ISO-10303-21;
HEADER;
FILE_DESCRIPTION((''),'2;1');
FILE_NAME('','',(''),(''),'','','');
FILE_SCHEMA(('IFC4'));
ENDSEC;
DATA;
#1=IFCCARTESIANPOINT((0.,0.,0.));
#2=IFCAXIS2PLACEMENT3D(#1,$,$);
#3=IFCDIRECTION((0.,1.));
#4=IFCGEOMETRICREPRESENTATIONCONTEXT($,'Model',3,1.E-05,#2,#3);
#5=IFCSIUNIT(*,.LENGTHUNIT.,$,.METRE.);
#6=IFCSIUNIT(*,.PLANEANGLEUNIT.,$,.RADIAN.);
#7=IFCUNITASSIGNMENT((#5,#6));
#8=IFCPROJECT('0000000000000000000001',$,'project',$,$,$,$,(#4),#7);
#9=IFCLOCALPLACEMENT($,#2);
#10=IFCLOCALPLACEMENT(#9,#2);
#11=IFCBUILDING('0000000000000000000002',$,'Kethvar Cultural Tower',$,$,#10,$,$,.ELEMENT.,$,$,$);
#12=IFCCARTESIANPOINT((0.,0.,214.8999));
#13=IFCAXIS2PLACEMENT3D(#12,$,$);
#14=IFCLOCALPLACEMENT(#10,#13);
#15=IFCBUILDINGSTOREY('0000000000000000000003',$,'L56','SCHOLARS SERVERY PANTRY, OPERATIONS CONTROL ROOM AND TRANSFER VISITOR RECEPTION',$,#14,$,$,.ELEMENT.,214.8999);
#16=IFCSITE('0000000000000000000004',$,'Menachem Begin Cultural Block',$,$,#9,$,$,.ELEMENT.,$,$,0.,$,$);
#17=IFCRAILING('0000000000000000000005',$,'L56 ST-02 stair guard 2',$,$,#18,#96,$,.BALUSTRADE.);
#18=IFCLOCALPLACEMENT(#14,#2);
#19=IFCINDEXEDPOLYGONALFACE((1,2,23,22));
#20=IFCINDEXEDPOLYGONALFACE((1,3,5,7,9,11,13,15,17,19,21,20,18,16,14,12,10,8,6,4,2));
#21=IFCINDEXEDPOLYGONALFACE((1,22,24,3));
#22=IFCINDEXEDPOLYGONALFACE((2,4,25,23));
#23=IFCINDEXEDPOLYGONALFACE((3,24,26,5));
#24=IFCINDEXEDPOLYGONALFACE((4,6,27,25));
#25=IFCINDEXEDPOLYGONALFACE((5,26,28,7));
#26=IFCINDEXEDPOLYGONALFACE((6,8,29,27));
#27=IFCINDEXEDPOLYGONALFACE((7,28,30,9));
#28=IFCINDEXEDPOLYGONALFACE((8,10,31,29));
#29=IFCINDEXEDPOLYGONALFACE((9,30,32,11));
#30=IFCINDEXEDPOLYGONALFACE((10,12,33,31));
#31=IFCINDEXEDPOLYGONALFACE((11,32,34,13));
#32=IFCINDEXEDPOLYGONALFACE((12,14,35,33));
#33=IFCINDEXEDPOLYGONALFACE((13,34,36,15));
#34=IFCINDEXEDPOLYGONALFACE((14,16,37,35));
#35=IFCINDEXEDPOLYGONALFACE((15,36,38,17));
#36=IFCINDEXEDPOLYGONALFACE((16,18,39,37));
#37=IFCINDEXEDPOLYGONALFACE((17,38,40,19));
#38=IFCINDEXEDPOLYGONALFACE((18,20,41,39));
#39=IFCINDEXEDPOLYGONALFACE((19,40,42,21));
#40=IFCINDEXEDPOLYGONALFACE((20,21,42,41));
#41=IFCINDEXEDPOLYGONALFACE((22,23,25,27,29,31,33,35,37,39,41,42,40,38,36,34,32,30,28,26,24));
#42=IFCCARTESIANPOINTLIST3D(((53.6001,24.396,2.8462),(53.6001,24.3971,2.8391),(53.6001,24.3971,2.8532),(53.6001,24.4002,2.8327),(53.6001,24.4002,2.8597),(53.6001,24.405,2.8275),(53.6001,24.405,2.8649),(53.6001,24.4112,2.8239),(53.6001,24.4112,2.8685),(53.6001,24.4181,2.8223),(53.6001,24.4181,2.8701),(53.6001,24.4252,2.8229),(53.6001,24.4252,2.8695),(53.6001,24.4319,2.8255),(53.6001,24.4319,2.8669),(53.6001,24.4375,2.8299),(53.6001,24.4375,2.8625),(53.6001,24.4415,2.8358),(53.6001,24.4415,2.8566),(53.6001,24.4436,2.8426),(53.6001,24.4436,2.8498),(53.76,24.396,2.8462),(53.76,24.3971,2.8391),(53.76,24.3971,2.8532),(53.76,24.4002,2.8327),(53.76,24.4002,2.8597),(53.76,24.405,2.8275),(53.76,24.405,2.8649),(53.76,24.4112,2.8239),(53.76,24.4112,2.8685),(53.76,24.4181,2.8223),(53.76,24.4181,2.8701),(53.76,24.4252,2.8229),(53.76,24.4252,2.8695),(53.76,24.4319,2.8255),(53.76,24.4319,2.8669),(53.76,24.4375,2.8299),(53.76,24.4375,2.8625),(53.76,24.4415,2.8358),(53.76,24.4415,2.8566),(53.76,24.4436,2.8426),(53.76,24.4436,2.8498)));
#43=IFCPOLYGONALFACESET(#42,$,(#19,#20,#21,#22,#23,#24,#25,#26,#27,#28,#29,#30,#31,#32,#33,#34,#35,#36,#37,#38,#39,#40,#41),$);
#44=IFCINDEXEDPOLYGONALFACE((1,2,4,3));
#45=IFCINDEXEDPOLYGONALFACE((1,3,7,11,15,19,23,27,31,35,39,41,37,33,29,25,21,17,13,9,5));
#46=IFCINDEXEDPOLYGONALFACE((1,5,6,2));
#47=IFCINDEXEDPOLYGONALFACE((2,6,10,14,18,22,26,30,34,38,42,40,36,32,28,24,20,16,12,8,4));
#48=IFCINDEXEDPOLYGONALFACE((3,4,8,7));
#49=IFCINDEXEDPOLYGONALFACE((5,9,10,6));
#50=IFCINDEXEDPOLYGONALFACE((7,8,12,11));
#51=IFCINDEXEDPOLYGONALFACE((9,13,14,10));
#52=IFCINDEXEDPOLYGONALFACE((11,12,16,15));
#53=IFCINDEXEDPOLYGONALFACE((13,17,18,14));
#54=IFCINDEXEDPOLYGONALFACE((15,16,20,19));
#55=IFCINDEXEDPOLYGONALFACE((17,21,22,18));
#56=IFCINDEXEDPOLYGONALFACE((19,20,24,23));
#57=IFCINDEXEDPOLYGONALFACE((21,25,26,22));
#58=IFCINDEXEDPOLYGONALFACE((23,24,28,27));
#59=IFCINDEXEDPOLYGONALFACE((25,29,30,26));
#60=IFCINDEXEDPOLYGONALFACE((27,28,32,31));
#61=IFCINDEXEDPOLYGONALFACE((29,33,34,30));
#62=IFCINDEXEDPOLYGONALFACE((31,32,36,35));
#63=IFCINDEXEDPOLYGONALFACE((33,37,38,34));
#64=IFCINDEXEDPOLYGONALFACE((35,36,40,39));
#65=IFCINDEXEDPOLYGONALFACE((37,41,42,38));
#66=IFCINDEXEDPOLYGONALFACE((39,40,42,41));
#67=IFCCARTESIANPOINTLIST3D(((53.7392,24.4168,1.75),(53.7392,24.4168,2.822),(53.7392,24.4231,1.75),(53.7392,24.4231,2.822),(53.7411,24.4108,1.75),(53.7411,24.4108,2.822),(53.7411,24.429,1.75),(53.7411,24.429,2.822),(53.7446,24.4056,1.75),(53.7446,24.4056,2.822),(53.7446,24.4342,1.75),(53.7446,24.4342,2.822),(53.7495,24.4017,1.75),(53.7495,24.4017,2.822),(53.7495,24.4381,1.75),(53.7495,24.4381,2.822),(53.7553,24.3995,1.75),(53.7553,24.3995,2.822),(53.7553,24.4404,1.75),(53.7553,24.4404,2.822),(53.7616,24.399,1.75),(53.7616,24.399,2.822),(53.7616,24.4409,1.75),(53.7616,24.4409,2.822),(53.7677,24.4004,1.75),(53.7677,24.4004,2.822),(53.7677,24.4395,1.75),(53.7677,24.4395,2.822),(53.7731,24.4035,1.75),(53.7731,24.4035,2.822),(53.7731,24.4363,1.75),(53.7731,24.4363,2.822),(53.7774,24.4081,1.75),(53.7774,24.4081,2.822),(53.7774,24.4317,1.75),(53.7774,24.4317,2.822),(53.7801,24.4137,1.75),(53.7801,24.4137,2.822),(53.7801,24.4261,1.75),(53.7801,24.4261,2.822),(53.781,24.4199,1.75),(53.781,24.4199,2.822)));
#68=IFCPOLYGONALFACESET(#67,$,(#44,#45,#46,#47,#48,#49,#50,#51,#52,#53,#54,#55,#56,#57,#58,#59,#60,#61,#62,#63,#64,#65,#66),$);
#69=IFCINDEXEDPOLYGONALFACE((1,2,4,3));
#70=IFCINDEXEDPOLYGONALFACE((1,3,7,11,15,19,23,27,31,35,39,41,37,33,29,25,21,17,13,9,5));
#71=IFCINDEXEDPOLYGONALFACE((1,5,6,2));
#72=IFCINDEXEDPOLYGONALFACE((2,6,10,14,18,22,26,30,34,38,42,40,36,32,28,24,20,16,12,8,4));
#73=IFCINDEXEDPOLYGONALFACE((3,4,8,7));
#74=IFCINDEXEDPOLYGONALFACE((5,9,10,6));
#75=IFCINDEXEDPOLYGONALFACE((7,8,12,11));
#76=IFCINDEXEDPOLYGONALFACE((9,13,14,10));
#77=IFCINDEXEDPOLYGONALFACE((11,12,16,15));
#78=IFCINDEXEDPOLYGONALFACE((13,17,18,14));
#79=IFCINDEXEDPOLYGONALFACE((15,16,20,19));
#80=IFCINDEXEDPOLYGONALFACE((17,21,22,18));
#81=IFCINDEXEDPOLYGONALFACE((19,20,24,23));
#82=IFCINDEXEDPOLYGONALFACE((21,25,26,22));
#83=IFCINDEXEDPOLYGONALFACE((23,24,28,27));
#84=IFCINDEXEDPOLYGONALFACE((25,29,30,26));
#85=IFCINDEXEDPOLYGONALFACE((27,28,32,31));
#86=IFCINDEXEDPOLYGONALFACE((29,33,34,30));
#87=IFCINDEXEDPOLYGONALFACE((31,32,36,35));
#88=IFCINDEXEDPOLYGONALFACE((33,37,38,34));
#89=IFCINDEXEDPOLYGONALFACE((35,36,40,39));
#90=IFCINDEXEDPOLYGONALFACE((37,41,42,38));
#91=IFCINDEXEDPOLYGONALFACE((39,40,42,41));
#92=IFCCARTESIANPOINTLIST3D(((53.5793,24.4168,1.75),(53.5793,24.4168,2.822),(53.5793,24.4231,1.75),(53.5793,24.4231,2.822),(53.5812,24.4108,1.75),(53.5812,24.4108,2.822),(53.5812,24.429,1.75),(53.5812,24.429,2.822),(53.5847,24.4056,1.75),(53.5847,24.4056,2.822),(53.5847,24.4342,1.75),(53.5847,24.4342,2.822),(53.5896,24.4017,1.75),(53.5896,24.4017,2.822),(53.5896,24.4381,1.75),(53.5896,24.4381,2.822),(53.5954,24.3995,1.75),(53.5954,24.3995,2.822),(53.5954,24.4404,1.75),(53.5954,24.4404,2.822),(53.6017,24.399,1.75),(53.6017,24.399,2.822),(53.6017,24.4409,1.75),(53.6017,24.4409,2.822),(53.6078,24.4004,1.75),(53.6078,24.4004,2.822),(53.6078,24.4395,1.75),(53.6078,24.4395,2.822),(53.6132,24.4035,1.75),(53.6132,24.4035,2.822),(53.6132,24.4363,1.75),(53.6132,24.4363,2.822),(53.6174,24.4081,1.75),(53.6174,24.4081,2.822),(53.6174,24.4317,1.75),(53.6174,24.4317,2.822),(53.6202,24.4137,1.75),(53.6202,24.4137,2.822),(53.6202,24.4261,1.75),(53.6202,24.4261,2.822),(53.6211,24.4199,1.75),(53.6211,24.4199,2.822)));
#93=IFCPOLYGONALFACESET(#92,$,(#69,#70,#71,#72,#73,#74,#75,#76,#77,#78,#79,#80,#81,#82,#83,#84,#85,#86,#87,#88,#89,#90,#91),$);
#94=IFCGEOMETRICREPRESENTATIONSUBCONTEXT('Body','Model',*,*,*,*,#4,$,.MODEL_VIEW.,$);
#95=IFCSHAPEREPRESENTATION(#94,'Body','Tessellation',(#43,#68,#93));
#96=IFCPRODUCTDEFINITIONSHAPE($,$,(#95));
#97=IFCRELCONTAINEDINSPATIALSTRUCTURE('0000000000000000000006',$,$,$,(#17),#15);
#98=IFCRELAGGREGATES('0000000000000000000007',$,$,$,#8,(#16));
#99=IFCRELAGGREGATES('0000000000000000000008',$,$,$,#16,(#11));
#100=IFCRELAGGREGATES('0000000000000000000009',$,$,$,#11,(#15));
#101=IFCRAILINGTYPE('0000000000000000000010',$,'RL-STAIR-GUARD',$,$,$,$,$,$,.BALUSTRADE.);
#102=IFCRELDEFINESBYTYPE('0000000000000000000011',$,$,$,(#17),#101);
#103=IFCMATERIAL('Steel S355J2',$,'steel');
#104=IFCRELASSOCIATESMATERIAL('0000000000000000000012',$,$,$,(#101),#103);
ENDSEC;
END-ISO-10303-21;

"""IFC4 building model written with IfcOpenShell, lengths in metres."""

from ifc_helpers import new_model, si_unit, direction, frame, origin, origin_2d, place, context, subcontext, project, spatial, circle, extrude, material, type_object, element, save


model = new_model("IFC4")

# Units and contexts
model_context = context("Model", 3, precision=1e-05, world=origin(), true_north=direction((0.0, 1.0)))
body_context = subcontext(model_context, "Body", "Model", "MODEL_VIEW")
ifc_project = project(units=[si_unit("LENGTHUNIT", "METRE"), si_unit("PLANEANGLEUNIT", "RADIAN")], contexts=[model_context])

# Site, building, storey
site_placement = place(None, origin())
site = spatial("IfcSite", under=ifc_project, at=site_placement, Name="Menachem Begin Cultural Block", CompositionType="ELEMENT", RefElevation=0.0)
building_placement = place(site_placement, origin())
building = spatial("IfcBuilding", under=site, at=building_placement, Name="Kethvar Cultural Tower", CompositionType="ELEMENT")
storey_placement = place(building_placement, frame((0.0, 0.0, 214.8999)))
storey = spatial("IfcBuildingStorey", under=building, at=storey_placement, Name="L56", Description="SCHOLARS SERVERY PANTRY, OPERATIONS CONTROL ROOM AND TRANSFER VISITOR RECEPTION", CompositionType="ELEMENT", Elevation=214.8999)

# Shared definitions
ifc_material_1 = material(Name="Steel S355J2", Category="steel")

# Railing
railing_type_1 = type_object("IfcRailingType", Name="RL-STAIR-GUARD", PredefinedType="BALUSTRADE", material=ifc_material_1)
railing_1_placement = place(storey_placement, frame((53.76, 24.4199, 1.75)))
element("IfcRailing", 1, at=railing_1_placement, inside=storey, type_object=railing_type_1, Name="L56 ST-02 stair guard 2", PredefinedType="BALUSTRADE", context=body_context, shape_type="SweptSolid", body=[
    extrude(circle(Radius=0.0239, at=origin_2d()), frame((0.0, 0.0, 1.0962), z_axis=(-1.0, 0.0, 0.0), x_axis=(0.0, -1.0, 0.0)), (0.0, 0.0, 1.0), 0.1599),
    extrude(circle(Radius=0.021, at=origin_2d()), origin(), (0.0, 0.0, 1.0), 1.072),
    extrude(circle(Radius=0.021, at=origin_2d()), frame((-0.1599, 0.0, 0.0)), (0.0, 0.0, 1.0), 1.072),
])

save(model, "model.ifc")
